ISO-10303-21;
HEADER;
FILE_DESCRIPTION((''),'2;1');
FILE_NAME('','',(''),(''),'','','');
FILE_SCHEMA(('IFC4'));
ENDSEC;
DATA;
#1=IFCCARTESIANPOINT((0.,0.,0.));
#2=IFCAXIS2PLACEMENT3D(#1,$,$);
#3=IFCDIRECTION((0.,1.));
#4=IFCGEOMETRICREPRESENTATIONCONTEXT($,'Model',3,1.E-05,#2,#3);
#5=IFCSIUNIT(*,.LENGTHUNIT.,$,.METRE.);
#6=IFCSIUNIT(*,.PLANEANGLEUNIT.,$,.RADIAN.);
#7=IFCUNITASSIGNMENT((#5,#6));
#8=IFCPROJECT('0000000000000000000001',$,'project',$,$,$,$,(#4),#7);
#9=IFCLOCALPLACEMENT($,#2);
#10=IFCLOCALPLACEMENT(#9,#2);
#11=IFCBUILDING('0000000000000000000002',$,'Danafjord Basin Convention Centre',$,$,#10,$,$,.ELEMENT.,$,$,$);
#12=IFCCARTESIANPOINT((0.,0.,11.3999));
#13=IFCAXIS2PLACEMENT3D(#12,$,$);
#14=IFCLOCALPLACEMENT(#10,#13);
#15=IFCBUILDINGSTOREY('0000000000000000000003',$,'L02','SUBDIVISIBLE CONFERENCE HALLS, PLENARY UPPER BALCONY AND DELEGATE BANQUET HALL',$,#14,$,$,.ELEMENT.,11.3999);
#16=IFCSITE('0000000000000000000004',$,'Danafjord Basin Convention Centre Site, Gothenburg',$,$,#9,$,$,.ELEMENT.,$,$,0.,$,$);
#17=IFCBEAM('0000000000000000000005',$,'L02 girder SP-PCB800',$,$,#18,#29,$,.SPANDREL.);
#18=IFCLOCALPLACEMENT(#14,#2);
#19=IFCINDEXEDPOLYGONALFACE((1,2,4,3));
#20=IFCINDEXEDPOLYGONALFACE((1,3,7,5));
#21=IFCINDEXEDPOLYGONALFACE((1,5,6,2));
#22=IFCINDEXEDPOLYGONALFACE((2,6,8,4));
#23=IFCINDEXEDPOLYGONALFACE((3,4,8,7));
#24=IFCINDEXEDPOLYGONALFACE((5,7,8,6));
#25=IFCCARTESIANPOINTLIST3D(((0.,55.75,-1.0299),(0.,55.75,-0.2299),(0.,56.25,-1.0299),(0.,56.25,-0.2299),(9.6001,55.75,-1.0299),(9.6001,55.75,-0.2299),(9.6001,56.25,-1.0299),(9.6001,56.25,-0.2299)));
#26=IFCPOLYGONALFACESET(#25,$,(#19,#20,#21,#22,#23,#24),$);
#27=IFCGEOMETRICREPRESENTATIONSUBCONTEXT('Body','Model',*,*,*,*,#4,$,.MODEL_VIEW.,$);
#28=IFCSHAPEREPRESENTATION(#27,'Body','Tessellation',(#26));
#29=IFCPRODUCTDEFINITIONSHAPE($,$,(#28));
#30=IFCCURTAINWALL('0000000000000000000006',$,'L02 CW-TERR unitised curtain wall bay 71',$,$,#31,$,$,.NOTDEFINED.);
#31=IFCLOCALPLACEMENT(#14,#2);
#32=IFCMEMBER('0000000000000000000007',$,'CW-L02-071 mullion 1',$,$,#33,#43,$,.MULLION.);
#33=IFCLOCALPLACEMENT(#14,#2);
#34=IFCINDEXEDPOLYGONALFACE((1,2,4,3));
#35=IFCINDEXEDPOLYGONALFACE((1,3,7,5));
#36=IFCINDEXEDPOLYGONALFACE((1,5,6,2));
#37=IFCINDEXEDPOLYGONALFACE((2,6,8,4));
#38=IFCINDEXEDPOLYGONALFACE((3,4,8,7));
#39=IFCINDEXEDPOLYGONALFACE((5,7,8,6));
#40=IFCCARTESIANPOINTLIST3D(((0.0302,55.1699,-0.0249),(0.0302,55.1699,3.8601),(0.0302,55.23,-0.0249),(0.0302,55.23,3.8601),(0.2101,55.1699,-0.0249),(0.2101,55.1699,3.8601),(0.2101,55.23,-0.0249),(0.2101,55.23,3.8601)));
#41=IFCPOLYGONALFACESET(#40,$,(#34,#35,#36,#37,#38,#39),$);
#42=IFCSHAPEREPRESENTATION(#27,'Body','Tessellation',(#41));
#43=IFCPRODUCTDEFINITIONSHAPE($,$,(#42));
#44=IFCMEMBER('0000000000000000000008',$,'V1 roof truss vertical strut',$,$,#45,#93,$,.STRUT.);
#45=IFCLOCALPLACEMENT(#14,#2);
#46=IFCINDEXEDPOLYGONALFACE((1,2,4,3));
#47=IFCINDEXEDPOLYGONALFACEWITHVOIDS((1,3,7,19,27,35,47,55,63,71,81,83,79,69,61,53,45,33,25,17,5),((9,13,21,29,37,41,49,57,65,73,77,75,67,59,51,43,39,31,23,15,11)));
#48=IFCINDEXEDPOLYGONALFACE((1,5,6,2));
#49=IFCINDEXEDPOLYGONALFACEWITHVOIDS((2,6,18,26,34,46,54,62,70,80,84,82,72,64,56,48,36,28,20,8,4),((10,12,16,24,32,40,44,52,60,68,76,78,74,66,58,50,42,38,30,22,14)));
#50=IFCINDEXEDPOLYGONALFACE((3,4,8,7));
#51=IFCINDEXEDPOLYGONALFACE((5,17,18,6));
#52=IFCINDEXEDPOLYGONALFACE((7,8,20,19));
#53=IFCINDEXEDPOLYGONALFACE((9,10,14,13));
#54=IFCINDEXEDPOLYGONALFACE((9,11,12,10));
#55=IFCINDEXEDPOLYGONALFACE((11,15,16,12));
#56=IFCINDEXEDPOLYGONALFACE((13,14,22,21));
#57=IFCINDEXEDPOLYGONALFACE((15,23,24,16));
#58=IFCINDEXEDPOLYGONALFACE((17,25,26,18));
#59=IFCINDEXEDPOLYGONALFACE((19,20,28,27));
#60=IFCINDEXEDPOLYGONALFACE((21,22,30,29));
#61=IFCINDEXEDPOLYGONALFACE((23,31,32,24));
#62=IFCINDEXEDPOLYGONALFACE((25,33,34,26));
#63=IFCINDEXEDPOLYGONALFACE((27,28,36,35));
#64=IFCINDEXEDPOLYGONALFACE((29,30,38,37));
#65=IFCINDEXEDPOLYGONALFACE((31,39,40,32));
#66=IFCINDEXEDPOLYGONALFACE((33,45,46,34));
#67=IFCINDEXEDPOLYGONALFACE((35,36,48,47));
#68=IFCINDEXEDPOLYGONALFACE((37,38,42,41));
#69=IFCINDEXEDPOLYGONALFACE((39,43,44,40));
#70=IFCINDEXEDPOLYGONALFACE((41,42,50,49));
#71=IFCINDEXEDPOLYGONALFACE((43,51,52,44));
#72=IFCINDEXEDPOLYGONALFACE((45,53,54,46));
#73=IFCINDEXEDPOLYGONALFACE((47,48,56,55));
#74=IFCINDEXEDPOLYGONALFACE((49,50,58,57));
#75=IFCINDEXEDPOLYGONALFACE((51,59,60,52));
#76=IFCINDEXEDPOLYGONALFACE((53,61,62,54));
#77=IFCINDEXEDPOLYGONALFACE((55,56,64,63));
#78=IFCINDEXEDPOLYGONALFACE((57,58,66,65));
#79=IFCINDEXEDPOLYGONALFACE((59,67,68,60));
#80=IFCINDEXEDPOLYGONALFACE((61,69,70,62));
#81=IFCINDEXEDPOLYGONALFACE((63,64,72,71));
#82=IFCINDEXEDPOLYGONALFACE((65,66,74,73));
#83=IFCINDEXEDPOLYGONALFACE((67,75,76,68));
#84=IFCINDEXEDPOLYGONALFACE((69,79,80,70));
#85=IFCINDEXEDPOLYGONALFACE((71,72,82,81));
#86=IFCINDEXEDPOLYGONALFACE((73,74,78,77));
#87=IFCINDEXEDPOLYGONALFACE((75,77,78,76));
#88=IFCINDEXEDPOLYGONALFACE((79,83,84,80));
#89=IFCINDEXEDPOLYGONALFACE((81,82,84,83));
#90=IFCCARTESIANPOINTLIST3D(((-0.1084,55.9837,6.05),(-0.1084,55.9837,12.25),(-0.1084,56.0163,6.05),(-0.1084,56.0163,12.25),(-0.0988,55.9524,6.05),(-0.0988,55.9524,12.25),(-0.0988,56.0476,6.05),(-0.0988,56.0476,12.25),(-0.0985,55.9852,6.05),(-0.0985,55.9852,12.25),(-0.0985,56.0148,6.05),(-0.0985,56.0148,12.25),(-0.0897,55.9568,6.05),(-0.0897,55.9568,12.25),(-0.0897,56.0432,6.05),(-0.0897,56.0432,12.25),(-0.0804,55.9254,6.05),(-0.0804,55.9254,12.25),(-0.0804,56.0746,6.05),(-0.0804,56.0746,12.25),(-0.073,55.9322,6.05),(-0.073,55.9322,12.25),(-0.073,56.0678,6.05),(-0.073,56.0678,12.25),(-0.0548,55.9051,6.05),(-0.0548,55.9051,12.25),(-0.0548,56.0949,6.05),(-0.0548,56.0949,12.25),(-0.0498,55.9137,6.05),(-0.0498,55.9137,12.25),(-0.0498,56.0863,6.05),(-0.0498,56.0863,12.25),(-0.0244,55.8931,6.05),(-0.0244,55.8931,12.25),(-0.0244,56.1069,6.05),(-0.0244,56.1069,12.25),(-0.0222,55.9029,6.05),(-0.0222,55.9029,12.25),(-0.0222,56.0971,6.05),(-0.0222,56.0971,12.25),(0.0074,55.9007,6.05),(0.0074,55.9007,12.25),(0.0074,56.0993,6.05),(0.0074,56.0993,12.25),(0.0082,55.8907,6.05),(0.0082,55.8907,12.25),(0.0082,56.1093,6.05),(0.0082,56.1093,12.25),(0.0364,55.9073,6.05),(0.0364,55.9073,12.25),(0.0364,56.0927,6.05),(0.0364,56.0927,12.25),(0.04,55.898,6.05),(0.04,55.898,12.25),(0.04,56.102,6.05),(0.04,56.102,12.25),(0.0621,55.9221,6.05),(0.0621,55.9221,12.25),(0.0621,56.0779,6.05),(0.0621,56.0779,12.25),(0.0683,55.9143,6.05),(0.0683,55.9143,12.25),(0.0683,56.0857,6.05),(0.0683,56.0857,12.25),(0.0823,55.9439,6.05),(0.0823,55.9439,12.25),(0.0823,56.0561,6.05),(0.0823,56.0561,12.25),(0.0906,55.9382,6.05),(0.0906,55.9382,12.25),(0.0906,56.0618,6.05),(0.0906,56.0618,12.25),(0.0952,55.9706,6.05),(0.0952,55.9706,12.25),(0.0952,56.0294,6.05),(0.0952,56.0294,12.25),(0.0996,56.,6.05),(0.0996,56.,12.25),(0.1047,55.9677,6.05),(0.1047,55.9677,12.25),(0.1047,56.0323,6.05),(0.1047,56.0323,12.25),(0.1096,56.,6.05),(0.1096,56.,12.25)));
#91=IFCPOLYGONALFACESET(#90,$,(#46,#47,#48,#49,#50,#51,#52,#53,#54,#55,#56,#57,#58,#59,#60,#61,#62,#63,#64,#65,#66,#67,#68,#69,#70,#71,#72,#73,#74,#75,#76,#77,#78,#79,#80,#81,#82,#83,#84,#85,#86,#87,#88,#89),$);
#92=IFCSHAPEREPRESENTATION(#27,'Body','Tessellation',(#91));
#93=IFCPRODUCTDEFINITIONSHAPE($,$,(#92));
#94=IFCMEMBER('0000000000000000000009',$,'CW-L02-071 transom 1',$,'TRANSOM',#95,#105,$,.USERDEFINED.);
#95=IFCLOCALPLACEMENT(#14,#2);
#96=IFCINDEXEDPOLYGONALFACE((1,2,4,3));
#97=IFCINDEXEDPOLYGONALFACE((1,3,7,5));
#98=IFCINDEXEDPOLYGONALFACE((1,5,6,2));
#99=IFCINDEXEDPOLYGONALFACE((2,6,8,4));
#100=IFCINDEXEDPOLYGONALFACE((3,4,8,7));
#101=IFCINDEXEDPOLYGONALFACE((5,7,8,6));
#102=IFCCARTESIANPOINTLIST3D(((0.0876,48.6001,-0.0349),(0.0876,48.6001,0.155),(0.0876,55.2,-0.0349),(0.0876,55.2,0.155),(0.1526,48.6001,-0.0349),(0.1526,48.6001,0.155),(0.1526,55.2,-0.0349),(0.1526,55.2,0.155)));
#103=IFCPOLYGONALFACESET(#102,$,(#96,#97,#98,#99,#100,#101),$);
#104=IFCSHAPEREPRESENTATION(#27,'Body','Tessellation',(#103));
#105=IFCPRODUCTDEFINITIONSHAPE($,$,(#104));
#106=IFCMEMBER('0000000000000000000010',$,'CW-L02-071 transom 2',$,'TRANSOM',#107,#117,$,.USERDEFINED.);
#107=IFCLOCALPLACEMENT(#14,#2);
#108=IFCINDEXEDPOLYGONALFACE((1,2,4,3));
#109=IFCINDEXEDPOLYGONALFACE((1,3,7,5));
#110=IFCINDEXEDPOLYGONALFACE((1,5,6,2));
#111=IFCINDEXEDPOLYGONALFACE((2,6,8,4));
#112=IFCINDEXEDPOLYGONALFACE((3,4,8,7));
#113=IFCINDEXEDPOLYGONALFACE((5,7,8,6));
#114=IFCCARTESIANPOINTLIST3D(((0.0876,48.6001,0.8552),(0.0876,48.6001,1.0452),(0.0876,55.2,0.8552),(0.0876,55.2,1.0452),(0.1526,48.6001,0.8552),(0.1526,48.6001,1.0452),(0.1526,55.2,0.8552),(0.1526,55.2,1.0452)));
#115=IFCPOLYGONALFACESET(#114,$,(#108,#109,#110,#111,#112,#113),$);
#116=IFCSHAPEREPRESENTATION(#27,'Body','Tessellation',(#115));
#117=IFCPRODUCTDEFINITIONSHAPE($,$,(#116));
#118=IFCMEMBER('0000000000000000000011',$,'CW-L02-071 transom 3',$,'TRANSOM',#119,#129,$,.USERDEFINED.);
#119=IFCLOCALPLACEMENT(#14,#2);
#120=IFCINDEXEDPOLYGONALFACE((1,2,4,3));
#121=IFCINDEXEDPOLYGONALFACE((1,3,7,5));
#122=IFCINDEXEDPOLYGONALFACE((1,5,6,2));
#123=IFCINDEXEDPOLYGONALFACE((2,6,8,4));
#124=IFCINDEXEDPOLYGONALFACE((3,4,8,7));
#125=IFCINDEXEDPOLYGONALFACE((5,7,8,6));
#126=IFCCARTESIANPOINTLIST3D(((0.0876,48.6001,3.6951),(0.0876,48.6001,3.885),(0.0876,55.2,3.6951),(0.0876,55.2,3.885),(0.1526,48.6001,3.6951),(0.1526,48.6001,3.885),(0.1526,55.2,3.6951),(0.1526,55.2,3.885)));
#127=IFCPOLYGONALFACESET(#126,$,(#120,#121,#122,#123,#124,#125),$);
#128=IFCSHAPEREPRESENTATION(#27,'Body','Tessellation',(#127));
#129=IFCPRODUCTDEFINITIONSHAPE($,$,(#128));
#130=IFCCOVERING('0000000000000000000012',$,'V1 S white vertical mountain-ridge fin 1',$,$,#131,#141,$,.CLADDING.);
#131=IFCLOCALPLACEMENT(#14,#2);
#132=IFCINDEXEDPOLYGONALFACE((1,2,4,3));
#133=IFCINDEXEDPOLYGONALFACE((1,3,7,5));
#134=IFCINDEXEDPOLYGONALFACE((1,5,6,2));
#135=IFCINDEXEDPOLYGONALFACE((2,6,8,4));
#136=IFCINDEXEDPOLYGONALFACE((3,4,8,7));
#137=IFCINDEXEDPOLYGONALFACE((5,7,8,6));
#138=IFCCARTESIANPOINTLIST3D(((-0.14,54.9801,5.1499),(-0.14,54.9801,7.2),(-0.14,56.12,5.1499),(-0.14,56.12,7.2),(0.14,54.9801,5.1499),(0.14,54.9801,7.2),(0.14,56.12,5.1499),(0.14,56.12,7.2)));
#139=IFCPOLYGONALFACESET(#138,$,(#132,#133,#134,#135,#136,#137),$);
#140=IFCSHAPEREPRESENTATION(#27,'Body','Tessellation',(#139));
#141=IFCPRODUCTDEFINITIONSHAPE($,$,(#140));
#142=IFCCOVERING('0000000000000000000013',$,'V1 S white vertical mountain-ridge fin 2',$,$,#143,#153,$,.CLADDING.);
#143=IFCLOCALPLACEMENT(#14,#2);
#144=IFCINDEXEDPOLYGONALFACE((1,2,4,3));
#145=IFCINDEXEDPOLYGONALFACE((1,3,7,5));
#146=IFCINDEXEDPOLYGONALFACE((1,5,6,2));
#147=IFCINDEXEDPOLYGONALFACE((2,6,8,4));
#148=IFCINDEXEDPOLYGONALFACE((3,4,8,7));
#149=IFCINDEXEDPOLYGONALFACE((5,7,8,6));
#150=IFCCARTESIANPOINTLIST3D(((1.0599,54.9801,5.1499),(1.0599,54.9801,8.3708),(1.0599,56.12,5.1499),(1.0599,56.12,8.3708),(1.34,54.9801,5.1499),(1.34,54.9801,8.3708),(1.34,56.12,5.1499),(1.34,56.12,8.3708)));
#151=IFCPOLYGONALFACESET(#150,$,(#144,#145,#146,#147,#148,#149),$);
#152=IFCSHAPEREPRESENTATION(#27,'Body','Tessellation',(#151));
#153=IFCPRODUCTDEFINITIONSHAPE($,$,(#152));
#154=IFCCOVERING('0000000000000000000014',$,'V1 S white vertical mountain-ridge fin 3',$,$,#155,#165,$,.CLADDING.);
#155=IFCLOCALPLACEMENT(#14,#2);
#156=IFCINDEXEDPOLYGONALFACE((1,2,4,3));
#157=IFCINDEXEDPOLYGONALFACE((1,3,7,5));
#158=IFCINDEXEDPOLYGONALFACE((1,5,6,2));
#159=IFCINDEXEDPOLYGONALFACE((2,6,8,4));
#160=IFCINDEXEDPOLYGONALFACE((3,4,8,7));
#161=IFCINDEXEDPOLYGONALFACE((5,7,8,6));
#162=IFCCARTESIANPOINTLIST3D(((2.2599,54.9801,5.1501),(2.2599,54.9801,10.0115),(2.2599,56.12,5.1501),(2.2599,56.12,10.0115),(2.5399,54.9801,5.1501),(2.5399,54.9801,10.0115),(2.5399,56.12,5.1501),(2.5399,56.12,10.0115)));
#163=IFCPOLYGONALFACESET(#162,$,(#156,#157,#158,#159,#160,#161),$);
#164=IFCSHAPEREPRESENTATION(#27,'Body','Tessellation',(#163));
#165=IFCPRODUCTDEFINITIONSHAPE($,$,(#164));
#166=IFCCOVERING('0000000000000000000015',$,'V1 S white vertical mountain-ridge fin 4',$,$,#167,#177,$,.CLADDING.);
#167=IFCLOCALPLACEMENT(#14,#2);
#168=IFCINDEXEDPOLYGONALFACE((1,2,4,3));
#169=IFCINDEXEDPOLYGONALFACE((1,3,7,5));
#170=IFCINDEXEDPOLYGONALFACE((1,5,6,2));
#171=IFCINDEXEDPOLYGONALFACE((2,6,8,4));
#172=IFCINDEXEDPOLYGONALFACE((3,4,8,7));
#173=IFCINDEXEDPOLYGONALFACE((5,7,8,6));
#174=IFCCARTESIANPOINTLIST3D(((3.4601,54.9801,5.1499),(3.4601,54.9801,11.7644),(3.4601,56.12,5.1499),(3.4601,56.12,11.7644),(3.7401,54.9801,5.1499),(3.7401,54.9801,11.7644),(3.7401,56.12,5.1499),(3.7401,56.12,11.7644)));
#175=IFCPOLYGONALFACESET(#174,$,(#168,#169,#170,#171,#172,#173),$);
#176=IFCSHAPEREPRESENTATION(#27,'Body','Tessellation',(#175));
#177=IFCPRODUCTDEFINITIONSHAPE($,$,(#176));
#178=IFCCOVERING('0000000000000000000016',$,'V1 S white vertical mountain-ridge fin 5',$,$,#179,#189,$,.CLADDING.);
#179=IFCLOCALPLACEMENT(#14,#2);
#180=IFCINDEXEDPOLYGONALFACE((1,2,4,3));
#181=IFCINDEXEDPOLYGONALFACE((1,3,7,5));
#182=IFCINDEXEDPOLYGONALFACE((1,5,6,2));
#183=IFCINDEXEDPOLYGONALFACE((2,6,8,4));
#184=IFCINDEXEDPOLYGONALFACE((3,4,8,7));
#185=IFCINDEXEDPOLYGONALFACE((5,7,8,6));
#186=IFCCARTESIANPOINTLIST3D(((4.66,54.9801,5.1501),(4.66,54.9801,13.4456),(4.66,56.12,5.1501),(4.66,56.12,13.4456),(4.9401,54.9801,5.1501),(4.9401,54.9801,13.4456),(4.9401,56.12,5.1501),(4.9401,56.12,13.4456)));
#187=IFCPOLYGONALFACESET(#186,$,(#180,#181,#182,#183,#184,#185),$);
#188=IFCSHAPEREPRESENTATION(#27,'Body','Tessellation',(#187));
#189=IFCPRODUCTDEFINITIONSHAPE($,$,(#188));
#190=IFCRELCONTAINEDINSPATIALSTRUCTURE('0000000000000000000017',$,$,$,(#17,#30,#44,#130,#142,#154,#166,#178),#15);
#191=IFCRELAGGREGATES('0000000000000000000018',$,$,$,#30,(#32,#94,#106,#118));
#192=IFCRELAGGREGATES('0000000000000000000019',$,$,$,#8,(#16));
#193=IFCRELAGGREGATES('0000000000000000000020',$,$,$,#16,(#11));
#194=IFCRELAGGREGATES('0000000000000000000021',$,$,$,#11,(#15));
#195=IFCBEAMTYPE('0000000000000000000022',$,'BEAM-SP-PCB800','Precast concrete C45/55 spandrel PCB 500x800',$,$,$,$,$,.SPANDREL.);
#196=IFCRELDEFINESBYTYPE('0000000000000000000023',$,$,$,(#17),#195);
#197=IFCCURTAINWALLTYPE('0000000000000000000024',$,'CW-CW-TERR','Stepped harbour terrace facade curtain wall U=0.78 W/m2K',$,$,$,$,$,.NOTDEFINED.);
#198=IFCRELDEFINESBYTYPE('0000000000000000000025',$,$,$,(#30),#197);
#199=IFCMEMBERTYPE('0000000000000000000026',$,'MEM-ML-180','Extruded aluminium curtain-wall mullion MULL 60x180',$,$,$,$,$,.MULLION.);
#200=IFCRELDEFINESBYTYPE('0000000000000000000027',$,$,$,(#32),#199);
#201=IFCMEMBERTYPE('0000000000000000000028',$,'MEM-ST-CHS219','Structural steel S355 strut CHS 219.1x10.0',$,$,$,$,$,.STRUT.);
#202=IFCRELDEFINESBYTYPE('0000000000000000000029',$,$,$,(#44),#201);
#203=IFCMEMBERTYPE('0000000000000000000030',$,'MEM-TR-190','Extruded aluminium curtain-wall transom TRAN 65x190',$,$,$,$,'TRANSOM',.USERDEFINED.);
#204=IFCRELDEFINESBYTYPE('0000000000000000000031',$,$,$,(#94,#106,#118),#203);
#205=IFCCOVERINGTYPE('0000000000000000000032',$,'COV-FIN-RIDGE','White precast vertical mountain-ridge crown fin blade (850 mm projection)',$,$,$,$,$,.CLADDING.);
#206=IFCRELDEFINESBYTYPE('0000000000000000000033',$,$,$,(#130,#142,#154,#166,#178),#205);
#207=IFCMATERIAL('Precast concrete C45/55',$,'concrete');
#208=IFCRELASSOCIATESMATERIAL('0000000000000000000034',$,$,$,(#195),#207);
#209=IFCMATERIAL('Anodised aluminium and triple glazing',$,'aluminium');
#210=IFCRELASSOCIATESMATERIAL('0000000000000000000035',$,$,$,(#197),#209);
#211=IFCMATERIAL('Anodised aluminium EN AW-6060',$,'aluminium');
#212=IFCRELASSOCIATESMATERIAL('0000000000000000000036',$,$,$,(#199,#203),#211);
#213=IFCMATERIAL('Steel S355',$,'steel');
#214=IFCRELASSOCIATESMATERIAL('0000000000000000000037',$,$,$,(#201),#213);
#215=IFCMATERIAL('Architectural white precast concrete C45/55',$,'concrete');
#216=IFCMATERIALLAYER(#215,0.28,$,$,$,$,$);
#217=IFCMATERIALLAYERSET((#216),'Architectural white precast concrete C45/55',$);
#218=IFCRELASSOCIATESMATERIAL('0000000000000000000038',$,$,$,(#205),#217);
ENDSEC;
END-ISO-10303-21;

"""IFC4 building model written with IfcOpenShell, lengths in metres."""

from ifc_helpers import new_model, si_unit, direction, frame, origin, origin_2d, place, context, subcontext, project, spatial, rectangle, hollow_circle, extrude, material, layer, layer_set, material_profile, profile_set, type_object, element, aggregate, save


model = new_model("IFC4")

# Units and contexts
model_context = context("Model", 3, precision=1e-05, world=origin(), true_north=direction((0.0, 1.0)))
body_context = subcontext(model_context, "Body", "Model", "MODEL_VIEW")
ifc_project = project(units=[si_unit("LENGTHUNIT", "METRE"), si_unit("PLANEANGLEUNIT", "RADIAN")], contexts=[model_context])

# Site, building, storey
site_placement = place(None, origin())
site = spatial("IfcSite", under=ifc_project, at=site_placement, Name="Danafjord Basin Convention Centre Site, Gothenburg", CompositionType="ELEMENT", RefElevation=0.0)
building_placement = place(site_placement, origin())
building = spatial("IfcBuilding", under=site, at=building_placement, Name="Danafjord Basin Convention Centre", CompositionType="ELEMENT")
storey_placement = place(building_placement, frame((0.0, 0.0, 11.3999)))
storey = spatial("IfcBuildingStorey", under=building, at=storey_placement, Name="L02", Description="SUBDIVISIBLE CONFERENCE HALLS, PLENARY UPPER BALCONY AND DELEGATE BANQUET HALL", CompositionType="ELEMENT", Elevation=11.3999)

# Beam
ifc_material_1 = material(Name="Steel S355", Category="steel")
ifc_material_2 = material(Name="Precast concrete C45/55", Category="concrete")
ifc_material_profile_1 = material_profile(ifc_material_2, rectangle(XDim=0.5, YDim=0.8, at=origin_2d()), Name="PCB 500x800")
ifc_profile_set_1 = profile_set([ifc_material_profile_1], Name="Precast concrete C45/55")
beam_type_1 = type_object("IfcBeamType", Name="BEAM-SP-PCB800", Description="Precast concrete C45/55 spandrel PCB 500x800", PredefinedType="SPANDREL", material=ifc_profile_set_1)
beam_1_placement = place(storey_placement, frame((0.0, 56.0, -0.6299), z_axis=(1.0, 0.0, 0.0), x_axis=(0.0, 1.0, 0.0)))
element("IfcBeam", 1, at=beam_1_placement, inside=storey, type_object=beam_type_1, Name="L02 girder SP-PCB800", PredefinedType="SPANDREL", context=body_context, shape_type="SweptSolid", body=[
    extrude(rectangle(XDim=0.5, YDim=0.8, at=origin_2d()), origin(), (0.0, 0.0, 1.0), 9.6001),
])

# Curtain wall, member
ifc_material_3 = material(Name="Anodised aluminium and triple glazing", Category="aluminium")
curtain_wall_type = type_object("IfcCurtainWallType", Name="CW-CW-TERR", Description="Stepped harbour terrace facade curtain wall U=0.78 W/m2K", PredefinedType="NOTDEFINED", material=ifc_material_3)
curtain_wall_placement = place(storey_placement, origin())
curtain_wall = element("IfcCurtainWall", 2, at=curtain_wall_placement, inside=storey, type_object=curtain_wall_type, Name="L02 CW-TERR unitised curtain wall bay 71", PredefinedType="NOTDEFINED")
ifc_material_4 = material(Name="Anodised aluminium EN AW-6060", Category="aluminium")
ifc_material_profile_2 = material_profile(ifc_material_4, rectangle(XDim=0.0601, YDim=0.1799, at=origin_2d()), Name="MULL 60x180")
ifc_profile_set_2 = profile_set([ifc_material_profile_2], Name="Anodised aluminium EN AW-6060")
member_type_1 = type_object("IfcMemberType", Name="MEM-ML-180", Description="Extruded aluminium curtain-wall mullion MULL 60x180", PredefinedType="MULLION", material=ifc_profile_set_2)
member_1_placement = place(storey_placement, frame((0.1201, 55.2, -0.0249), z_axis=(0.0, 0.0, 1.0), x_axis=(0.0, -1.0, 0.0)))
member_1 = element("IfcMember", 3, at=member_1_placement, type_object=member_type_1, Name="CW-L02-071 mullion 1", PredefinedType="MULLION", context=body_context, shape_type="SweptSolid", body=[
    extrude(rectangle(XDim=0.0601, YDim=0.1799, at=origin_2d()), origin(), (0.0, 0.0, 1.0), 3.885),
])

# Members
ifc_material_profile_3 = material_profile(ifc_material_1, hollow_circle(Radius=0.1096, WallThickness=0.01, at=origin_2d()), Name="CHS 219.1x10.0")
ifc_profile_set_3 = profile_set([ifc_material_profile_3], Name="Steel S355")
member_type_2 = type_object("IfcMemberType", Name="MEM-ST-CHS219", Description="Structural steel S355 strut CHS 219.1x10.0", PredefinedType="STRUT", material=ifc_profile_set_3)
member_2_placement = place(storey_placement, frame((0.0, 56.0, 6.05), z_axis=(0.0, 0.0, 1.0), x_axis=(1.0, 0.0, 0.0)))
element("IfcMember", 4, at=member_2_placement, inside=storey, type_object=member_type_2, Name="V1 roof truss vertical strut", PredefinedType="STRUT", context=body_context, shape_type="SweptSolid", body=[
    extrude(hollow_circle(Radius=0.1096, WallThickness=0.01, at=origin_2d()), origin(), (0.0, 0.0, 1.0), 6.2),
])
ifc_material_profile_4 = material_profile(ifc_material_4, rectangle(XDim=0.0649, YDim=0.1899, at=origin_2d()), Name="TRAN 65x190")
ifc_profile_set_4 = profile_set([ifc_material_profile_4], Name="Anodised aluminium EN AW-6060")
member_type_3 = type_object("IfcMemberType", Name="MEM-TR-190", Description="Extruded aluminium curtain-wall transom TRAN 65x190", ElementType="TRANSOM", PredefinedType="USERDEFINED", material=ifc_profile_set_4)
member_3_placement = place(storey_placement, frame((0.1201, 55.2, 0.0601), z_axis=(0.0, -1.0, 0.0), x_axis=(1.0, 0.0, 0.0)))
member_3 = element("IfcMember", 5, at=member_3_placement, type_object=member_type_3, Name="CW-L02-071 transom 1", ObjectType="TRANSOM", PredefinedType="USERDEFINED", context=body_context, shape_type="SweptSolid", body=[
    extrude(rectangle(XDim=0.0649, YDim=0.1899, at=origin_2d()), origin(), (0.0, 0.0, 1.0), 6.5999),
])
member_4_placement = place(storey_placement, frame((0.1201, 55.2, 0.9502), z_axis=(0.0, -1.0, 0.0), x_axis=(1.0, 0.0, 0.0)))
member_4 = element("IfcMember", 6, at=member_4_placement, type_object=member_type_3, Name="CW-L02-071 transom 2", ObjectType="TRANSOM", PredefinedType="USERDEFINED", context=body_context, shape_type="SweptSolid", body=[
    extrude(rectangle(XDim=0.0649, YDim=0.1899, at=origin_2d()), origin(), (0.0, 0.0, 1.0), 6.5999),
])
member_5_placement = place(storey_placement, frame((0.1201, 55.2, 3.79), z_axis=(0.0, -1.0, 0.0), x_axis=(1.0, 0.0, 0.0)))
member_5 = element("IfcMember", 7, at=member_5_placement, type_object=member_type_3, Name="CW-L02-071 transom 3", ObjectType="TRANSOM", PredefinedType="USERDEFINED", context=body_context, shape_type="SweptSolid", body=[
    extrude(rectangle(XDim=0.0649, YDim=0.1899, at=origin_2d()), origin(), (0.0, 0.0, 1.0), 6.5999),
])
aggregate(curtain_wall, [member_1, member_3, member_4, member_5])

# Coverings
ifc_material_5 = material(Name="Architectural white precast concrete C45/55", Category="concrete")
ifc_layer = layer(ifc_material_5, 0.28)
ifc_layer_set = layer_set([ifc_layer], Name="Architectural white precast concrete C45/55")
covering_type = type_object("IfcCoveringType", Name="COV-FIN-RIDGE", Description="White precast vertical mountain-ridge crown fin blade (850 mm projection)", PredefinedType="CLADDING", material=ifc_layer_set)
covering_1_placement = place(storey_placement, frame((0.0, 55.55, 5.1499), z_axis=(0.0, 0.0, 1.0), x_axis=(0.0, 1.0, 0.0)))
element("IfcCovering", 8, at=covering_1_placement, inside=storey, type_object=covering_type, Name="V1 S white vertical mountain-ridge fin 1", PredefinedType="CLADDING", context=body_context, shape_type="SweptSolid", body=[
    extrude(rectangle(XDim=1.1399, YDim=0.28, at=origin_2d()), origin(), (0.0, 0.0, 1.0), 2.05),
])
covering_2_placement = place(storey_placement, frame((1.2, 55.55, 5.1499), z_axis=(0.0, 0.0, 1.0), x_axis=(0.0, 1.0, 0.0)))
element("IfcCovering", 9, at=covering_2_placement, inside=storey, type_object=covering_type, Name="V1 S white vertical mountain-ridge fin 2", PredefinedType="CLADDING", context=body_context, shape_type="SweptSolid", body=[
    extrude(rectangle(XDim=1.1399, YDim=0.28, at=origin_2d()), origin(), (0.0, 0.0, 1.0), 3.2209),
])
covering_3_placement = place(storey_placement, frame((2.3999, 55.55, 5.1501), z_axis=(0.0, 0.0, 1.0), x_axis=(0.0, 1.0, 0.0)))
element("IfcCovering", 10, at=covering_3_placement, inside=storey, type_object=covering_type, Name="V1 S white vertical mountain-ridge fin 3", PredefinedType="CLADDING", context=body_context, shape_type="SweptSolid", body=[
    extrude(rectangle(XDim=1.1399, YDim=0.28, at=origin_2d()), origin(), (0.0, 0.0, 1.0), 4.8613),
])
covering_4_placement = place(storey_placement, frame((3.6001, 55.55, 5.1499), z_axis=(0.0, 0.0, 1.0), x_axis=(0.0, 1.0, 0.0)))
element("IfcCovering", 11, at=covering_4_placement, inside=storey, type_object=covering_type, Name="V1 S white vertical mountain-ridge fin 4", PredefinedType="CLADDING", context=body_context, shape_type="SweptSolid", body=[
    extrude(rectangle(XDim=1.1399, YDim=0.28, at=origin_2d()), origin(), (0.0, 0.0, 1.0), 6.6145),
])
covering_5_placement = place(storey_placement, frame((4.8, 55.55, 5.1501), z_axis=(0.0, 0.0, 1.0), x_axis=(0.0, 1.0, 0.0)))
element("IfcCovering", 12, at=covering_5_placement, inside=storey, type_object=covering_type, Name="V1 S white vertical mountain-ridge fin 5", PredefinedType="CLADDING", context=body_context, shape_type="SweptSolid", body=[
    extrude(rectangle(XDim=1.1399, YDim=0.28, at=origin_2d()), origin(), (0.0, 0.0, 1.0), 8.2954),
])

save(model, "model.ifc")
